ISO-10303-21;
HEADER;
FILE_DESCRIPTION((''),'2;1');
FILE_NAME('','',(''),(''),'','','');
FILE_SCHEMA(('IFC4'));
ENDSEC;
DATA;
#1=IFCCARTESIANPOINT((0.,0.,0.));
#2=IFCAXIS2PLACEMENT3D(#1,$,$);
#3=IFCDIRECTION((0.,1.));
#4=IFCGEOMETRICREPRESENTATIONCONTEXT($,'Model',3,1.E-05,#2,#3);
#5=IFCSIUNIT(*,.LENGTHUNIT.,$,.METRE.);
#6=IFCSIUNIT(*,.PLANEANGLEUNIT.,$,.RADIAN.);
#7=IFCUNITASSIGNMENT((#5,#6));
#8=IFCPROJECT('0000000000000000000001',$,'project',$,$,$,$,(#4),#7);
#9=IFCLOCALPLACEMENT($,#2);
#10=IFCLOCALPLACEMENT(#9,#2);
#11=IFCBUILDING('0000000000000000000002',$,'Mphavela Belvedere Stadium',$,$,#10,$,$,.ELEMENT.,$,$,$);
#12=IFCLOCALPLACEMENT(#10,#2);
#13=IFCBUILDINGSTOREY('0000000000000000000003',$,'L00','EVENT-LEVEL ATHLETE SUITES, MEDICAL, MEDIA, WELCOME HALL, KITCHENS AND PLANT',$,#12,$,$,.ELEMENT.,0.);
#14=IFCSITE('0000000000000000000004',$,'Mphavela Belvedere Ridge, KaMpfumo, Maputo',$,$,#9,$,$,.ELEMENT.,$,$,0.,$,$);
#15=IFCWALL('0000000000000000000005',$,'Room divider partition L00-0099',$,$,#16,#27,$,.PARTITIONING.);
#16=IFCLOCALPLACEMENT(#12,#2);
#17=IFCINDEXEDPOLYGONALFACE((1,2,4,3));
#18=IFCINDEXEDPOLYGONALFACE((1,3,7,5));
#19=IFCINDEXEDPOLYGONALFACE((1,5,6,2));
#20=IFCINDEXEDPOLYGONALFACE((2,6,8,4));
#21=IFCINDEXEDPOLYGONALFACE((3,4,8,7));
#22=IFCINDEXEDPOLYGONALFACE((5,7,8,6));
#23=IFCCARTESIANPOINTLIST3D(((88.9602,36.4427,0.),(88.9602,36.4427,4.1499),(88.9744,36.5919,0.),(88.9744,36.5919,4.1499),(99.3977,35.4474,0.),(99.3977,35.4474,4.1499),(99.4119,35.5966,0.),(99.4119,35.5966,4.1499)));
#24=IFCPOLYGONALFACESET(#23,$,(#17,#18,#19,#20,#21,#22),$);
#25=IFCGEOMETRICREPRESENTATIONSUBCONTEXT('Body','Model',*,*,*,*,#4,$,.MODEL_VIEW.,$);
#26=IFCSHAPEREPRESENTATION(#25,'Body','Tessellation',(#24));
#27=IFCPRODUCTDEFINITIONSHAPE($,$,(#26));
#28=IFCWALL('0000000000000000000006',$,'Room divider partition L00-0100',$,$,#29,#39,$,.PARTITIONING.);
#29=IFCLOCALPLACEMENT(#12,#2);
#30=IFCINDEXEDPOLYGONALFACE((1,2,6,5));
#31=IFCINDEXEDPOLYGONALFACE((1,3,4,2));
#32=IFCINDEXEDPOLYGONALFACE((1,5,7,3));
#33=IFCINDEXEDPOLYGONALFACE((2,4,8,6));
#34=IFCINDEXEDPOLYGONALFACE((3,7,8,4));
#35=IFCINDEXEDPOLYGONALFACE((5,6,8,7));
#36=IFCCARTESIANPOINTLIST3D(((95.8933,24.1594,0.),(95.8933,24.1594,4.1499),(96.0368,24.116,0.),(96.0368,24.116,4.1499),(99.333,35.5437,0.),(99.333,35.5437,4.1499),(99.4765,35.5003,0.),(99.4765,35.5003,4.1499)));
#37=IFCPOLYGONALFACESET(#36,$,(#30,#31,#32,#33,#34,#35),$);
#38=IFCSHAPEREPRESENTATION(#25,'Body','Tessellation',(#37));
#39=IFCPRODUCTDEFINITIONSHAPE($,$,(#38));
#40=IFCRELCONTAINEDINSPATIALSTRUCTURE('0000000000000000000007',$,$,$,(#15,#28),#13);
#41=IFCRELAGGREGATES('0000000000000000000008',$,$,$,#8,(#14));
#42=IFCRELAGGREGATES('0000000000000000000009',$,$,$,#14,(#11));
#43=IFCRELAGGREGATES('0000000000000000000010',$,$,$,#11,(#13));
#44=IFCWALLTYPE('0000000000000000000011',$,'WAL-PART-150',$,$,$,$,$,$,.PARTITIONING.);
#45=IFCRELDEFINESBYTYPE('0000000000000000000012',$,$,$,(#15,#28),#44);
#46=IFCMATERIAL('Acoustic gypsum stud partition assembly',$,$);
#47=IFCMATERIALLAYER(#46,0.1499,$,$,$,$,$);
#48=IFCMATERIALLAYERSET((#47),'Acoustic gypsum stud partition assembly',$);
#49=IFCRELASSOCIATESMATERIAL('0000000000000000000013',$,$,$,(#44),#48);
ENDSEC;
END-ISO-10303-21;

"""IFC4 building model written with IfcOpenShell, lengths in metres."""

from ifc_helpers import new_model, si_unit, direction, frame, frame_2d, origin, place, context, subcontext, project, spatial, rectangle, extrude, material, layer, layer_set, type_object, element, save


model = new_model("IFC4")

# Units and contexts
model_context = context("Model", 3, precision=1e-05, world=origin(), true_north=direction((0.0, 1.0)))
body_context = subcontext(model_context, "Body", "Model", "MODEL_VIEW")
ifc_project = project(units=[si_unit("LENGTHUNIT", "METRE"), si_unit("PLANEANGLEUNIT", "RADIAN")], contexts=[model_context])

# Site, building, storey
site_placement = place(None, origin())
site = spatial("IfcSite", under=ifc_project, at=site_placement, Name="Mphavela Belvedere Ridge, KaMpfumo, Maputo", CompositionType="ELEMENT", RefElevation=0.0)
building_placement = place(site_placement, origin())
building = spatial("IfcBuilding", under=site, at=building_placement, Name="Mphavela Belvedere Stadium", CompositionType="ELEMENT")
storey_placement = place(building_placement, origin())
storey = spatial("IfcBuildingStorey", under=building, at=storey_placement, Name="L00", Description="EVENT-LEVEL ATHLETE SUITES, MEDICAL, MEDIA, WELCOME HALL, KITCHENS AND PLANT", CompositionType="ELEMENT", Elevation=0.0)

# Walls
ifc_material_1 = material(Name="Acoustic gypsum stud partition assembly")
ifc_layer = layer(ifc_material_1, 0.1499)
ifc_layer_set = layer_set([ifc_layer], Name="Acoustic gypsum stud partition assembly")
wall_type = type_object("IfcWallType", Name="WAL-PART-150", PredefinedType="PARTITIONING", material=ifc_layer_set)
wall_1_placement = place(storey_placement, frame((88.9673, 36.5173, 0.0), z_axis=(0.0, 0.0, 1.0), x_axis=(0.995484, -0.094933, 0.0)))
element("IfcWall", 1, at=wall_1_placement, inside=storey, type_object=wall_type, Name="Room divider partition L00-0099", PredefinedType="PARTITIONING", context=body_context, shape_type="SweptSolid", body=[
    extrude(rectangle(XDim=10.4849, YDim=0.1499, at=frame_2d((5.2424, 0.0))), origin(), (0.0, 0.0, 1.0), 4.1499),
])
wall_2_placement = place(storey_placement, frame((99.4048, 35.522, 0.0), z_axis=(0.0, 0.0, 1.0), x_axis=(-0.289231, -0.957259, 0.0)))
element("IfcWall", 2, at=wall_2_placement, inside=storey, type_object=wall_type, Name="Room divider partition L00-0100", PredefinedType="PARTITIONING", context=body_context, shape_type="SweptSolid", body=[
    extrude(rectangle(XDim=11.8926, YDim=0.1499, at=frame_2d((5.9463, 0.0))), origin(), (0.0, 0.0, 1.0), 4.1499),
])

save(model, "model.ifc")
